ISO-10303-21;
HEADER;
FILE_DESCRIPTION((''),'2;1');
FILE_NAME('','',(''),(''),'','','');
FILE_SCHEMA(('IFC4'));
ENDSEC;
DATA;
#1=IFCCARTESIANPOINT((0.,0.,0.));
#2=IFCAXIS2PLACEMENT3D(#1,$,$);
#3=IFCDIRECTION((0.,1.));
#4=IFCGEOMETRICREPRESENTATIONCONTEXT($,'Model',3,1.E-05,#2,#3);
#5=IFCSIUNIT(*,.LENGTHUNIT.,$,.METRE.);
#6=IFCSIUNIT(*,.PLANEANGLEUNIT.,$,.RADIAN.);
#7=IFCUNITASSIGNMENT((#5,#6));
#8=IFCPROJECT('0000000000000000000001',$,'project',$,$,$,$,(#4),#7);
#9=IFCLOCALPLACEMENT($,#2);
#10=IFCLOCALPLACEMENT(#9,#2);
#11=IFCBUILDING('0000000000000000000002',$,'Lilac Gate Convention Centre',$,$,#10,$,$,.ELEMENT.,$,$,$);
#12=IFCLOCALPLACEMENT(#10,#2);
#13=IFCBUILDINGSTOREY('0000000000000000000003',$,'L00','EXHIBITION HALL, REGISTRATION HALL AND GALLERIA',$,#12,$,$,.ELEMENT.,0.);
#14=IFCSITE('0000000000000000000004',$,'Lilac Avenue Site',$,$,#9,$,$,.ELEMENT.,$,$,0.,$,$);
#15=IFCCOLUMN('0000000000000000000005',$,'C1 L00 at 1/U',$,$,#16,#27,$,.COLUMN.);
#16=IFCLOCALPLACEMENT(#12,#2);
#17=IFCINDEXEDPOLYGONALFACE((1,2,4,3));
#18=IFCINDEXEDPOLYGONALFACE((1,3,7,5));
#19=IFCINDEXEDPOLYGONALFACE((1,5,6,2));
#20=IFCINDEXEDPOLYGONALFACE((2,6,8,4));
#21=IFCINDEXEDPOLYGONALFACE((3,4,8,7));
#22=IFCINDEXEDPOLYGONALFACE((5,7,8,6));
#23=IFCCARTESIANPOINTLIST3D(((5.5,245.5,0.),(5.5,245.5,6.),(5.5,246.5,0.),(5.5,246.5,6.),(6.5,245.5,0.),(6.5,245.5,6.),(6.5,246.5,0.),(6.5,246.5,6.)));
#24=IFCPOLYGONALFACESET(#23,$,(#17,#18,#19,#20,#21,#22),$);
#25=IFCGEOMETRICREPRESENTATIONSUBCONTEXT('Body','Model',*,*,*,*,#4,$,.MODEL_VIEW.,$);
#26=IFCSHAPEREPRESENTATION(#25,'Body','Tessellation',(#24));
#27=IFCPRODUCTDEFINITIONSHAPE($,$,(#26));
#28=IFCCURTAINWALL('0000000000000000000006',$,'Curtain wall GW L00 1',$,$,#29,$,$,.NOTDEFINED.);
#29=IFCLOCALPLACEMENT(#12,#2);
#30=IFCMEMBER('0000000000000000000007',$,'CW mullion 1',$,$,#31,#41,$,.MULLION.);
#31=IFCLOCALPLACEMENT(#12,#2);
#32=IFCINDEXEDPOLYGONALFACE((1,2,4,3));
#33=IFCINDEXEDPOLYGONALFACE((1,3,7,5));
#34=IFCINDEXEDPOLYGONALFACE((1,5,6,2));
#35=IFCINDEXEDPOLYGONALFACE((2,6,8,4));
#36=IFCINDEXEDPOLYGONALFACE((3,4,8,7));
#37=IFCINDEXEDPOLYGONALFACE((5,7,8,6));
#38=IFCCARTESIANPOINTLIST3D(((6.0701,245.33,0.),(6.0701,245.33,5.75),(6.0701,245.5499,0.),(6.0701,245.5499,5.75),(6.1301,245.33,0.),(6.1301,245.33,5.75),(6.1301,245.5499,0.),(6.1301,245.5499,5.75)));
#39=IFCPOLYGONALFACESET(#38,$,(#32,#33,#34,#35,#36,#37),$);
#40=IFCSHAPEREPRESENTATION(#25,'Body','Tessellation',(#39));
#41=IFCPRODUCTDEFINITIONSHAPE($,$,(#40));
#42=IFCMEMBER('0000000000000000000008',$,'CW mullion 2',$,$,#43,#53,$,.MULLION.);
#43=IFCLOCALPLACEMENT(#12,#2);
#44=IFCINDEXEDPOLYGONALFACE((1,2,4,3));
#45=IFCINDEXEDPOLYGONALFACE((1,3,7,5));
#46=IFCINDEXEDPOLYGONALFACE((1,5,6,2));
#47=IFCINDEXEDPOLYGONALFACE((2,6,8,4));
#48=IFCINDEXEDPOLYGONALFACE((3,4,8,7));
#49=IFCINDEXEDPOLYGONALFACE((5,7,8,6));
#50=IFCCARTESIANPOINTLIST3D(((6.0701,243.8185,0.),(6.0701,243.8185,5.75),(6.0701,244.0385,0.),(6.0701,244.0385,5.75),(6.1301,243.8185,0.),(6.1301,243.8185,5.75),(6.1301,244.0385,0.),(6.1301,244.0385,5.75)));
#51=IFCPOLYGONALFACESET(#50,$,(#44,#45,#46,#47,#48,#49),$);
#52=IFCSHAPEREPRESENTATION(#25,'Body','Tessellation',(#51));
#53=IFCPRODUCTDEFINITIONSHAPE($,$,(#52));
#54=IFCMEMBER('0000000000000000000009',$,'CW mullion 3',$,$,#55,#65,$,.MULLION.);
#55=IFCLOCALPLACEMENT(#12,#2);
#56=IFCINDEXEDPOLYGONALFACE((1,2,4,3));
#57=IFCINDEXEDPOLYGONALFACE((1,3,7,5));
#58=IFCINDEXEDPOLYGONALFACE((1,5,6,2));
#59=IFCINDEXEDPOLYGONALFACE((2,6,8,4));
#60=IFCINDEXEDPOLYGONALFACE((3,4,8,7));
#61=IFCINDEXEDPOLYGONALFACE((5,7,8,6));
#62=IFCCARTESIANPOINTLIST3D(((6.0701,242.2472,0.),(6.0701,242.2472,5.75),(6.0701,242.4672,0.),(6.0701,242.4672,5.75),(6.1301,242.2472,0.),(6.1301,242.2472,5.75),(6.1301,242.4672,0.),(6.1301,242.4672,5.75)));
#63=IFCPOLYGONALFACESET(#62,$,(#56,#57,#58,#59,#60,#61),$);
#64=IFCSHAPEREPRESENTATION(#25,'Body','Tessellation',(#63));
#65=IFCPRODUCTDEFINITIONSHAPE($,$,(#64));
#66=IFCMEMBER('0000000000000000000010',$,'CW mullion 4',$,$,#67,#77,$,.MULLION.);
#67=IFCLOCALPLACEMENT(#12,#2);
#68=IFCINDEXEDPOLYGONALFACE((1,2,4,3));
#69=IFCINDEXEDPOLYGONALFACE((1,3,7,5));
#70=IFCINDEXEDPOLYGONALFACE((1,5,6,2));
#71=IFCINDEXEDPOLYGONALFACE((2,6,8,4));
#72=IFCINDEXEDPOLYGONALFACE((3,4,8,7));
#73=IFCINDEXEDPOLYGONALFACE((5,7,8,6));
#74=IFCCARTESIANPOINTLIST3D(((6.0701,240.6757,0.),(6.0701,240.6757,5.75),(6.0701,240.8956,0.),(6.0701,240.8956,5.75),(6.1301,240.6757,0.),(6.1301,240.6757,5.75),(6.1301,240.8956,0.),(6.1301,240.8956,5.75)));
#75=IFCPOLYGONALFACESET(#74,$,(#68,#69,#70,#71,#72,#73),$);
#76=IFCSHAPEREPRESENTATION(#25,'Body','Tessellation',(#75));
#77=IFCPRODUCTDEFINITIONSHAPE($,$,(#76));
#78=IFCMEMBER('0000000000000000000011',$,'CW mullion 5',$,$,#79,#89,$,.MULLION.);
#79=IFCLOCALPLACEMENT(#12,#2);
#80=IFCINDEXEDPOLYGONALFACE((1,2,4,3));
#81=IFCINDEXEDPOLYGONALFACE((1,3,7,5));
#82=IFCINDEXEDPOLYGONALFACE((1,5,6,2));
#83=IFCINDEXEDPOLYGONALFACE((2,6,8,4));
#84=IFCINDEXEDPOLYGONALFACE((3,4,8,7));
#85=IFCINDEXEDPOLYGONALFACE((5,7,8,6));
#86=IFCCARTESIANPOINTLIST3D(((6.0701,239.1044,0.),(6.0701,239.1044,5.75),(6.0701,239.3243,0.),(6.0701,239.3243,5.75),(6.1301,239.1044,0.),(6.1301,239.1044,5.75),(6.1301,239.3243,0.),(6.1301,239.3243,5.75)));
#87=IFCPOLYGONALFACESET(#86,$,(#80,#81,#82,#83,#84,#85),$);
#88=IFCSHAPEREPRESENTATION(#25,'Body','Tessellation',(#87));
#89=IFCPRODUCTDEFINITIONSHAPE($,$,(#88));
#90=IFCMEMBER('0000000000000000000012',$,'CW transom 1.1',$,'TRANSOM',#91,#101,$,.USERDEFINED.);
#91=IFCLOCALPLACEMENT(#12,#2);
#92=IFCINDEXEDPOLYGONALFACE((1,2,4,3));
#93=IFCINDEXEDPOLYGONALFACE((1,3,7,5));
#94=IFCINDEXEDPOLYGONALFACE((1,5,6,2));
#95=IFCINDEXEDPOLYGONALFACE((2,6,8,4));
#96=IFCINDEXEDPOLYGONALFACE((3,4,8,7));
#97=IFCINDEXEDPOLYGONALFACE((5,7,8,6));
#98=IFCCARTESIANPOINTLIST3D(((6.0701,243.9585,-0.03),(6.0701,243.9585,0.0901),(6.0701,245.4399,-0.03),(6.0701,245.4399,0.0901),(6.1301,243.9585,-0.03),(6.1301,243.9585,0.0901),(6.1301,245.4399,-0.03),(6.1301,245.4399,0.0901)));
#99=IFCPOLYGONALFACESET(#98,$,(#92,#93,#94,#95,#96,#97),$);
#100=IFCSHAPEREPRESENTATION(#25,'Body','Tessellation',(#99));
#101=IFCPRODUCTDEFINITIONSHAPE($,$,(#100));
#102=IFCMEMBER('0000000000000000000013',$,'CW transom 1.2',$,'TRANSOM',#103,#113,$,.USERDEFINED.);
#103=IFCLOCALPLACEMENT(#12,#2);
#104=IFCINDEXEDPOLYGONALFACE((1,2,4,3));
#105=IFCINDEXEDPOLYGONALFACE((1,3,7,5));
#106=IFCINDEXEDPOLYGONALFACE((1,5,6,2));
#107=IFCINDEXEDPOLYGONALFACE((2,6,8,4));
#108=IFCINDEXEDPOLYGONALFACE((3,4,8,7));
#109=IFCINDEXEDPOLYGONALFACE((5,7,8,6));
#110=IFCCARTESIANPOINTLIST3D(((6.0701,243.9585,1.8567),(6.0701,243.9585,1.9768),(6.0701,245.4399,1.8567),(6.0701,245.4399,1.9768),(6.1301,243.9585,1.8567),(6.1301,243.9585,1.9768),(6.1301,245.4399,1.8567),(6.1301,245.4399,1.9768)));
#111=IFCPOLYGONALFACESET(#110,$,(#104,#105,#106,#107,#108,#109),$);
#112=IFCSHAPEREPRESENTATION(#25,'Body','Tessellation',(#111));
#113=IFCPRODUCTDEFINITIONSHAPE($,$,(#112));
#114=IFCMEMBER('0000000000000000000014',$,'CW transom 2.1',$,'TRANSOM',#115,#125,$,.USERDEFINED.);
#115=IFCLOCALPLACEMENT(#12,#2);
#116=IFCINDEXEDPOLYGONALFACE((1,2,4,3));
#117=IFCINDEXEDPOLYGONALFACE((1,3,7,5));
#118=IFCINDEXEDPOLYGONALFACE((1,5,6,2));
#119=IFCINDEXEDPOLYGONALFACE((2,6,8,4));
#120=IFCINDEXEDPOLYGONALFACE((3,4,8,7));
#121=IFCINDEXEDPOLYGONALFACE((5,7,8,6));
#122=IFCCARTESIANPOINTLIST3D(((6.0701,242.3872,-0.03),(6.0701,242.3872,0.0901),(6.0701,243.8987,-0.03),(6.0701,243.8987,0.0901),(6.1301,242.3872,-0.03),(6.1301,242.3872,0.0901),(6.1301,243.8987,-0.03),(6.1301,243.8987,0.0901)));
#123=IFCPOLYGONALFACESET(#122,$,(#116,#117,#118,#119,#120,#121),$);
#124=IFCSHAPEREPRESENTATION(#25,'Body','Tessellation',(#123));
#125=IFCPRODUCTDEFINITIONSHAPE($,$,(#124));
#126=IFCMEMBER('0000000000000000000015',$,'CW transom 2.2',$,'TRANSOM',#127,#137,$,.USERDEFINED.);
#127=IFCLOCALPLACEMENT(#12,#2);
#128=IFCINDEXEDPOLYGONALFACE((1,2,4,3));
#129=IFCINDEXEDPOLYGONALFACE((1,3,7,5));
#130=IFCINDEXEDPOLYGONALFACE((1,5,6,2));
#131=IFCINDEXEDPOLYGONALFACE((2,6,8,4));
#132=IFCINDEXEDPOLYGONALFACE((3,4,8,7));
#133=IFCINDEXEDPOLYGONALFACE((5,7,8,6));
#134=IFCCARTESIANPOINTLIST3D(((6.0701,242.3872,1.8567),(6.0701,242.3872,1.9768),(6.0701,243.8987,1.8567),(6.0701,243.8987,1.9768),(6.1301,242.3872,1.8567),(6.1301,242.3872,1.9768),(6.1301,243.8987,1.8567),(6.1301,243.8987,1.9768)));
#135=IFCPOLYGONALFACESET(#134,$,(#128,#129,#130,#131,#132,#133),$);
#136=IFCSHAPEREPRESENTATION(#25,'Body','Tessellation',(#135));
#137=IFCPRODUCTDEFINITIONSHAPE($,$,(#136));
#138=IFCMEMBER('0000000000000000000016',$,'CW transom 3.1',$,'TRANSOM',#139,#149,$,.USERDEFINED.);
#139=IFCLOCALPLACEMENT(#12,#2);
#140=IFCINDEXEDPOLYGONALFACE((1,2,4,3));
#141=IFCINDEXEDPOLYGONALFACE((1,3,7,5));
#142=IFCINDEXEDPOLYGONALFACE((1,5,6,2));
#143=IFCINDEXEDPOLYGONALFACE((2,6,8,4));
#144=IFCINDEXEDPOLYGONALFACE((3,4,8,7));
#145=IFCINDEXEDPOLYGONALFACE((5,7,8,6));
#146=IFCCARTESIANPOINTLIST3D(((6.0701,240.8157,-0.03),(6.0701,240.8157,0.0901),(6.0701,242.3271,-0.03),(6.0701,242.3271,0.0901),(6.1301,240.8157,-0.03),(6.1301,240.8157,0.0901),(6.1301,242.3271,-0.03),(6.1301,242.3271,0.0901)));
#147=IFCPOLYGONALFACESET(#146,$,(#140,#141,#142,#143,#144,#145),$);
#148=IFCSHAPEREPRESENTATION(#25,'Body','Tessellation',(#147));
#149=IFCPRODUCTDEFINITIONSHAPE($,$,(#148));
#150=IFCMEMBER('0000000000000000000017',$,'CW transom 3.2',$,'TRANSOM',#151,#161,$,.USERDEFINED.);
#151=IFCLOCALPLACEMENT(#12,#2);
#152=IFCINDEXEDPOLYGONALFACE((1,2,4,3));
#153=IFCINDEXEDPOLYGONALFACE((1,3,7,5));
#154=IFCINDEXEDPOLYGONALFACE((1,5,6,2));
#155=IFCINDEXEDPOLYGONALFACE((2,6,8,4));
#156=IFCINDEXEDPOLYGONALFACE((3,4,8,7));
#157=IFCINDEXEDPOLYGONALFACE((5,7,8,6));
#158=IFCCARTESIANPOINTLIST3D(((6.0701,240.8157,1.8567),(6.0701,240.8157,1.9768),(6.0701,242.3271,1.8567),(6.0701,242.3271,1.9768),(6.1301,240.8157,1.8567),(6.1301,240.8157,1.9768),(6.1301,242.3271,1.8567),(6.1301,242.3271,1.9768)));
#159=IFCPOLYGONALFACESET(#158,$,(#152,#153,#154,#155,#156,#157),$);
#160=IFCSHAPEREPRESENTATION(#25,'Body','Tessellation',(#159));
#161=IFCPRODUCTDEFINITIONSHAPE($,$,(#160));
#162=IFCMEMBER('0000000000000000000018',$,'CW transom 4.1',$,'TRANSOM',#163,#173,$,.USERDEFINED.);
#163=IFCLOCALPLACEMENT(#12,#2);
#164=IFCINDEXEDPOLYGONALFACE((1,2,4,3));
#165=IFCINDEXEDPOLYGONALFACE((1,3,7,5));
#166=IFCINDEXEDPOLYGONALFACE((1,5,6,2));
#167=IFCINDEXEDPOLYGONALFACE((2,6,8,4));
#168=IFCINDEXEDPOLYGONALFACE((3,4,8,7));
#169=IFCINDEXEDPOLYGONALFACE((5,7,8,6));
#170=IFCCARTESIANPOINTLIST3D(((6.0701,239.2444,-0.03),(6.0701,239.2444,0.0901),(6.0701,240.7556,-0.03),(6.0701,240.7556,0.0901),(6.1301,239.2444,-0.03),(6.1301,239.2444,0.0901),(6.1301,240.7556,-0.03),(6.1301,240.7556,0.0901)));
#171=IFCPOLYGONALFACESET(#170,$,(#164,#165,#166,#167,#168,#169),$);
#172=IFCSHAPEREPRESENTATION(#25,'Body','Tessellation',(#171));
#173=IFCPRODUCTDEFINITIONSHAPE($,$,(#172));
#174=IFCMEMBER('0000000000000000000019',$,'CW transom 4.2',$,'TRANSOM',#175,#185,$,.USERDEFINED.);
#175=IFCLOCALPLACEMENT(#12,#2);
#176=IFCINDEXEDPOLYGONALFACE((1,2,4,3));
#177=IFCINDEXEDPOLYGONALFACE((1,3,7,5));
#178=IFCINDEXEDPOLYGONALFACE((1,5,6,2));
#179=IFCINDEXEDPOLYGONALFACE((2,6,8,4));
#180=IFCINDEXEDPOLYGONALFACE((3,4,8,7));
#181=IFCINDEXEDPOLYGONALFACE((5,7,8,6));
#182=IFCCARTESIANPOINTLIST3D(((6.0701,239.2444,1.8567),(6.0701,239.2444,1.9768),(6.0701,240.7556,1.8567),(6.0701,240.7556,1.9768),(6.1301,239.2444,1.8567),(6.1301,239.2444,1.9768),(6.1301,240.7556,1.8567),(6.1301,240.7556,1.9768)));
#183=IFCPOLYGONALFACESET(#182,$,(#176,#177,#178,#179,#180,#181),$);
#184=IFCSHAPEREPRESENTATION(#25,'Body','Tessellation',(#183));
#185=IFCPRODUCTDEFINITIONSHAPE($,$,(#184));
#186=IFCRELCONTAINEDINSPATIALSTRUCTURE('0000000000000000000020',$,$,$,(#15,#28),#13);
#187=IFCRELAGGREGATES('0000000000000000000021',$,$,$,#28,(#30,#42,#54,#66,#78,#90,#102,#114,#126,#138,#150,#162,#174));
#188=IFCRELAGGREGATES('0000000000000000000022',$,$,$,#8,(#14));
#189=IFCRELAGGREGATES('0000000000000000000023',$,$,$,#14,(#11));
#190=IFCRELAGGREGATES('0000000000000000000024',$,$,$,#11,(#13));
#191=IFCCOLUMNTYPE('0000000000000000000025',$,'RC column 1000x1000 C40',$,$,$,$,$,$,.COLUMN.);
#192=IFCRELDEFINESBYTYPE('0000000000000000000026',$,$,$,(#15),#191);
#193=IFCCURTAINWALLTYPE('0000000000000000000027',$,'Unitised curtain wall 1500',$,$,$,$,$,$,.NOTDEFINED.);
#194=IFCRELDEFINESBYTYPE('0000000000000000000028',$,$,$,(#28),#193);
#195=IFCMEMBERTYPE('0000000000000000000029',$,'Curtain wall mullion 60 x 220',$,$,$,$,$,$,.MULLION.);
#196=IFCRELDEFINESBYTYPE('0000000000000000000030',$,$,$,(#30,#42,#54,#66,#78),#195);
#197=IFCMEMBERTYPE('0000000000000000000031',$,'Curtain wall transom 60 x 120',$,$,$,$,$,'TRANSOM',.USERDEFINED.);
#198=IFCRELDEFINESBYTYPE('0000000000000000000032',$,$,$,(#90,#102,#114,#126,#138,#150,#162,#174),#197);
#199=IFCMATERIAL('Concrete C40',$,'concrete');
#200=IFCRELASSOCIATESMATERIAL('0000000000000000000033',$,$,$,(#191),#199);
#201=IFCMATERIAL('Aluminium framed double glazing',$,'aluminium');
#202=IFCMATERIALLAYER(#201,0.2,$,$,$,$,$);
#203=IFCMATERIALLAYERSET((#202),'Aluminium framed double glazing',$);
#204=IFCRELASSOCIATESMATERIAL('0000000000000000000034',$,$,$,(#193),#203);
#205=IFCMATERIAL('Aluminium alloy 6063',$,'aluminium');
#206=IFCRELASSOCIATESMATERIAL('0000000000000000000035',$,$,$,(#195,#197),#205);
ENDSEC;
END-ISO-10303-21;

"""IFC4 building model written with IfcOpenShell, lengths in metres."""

from ifc_helpers import new_model, si_unit, direction, frame, origin, origin_2d, place, context, subcontext, project, spatial, rectangle, extrude, material, layer, layer_set, material_profile, profile_set, type_object, element, aggregate, save


model = new_model("IFC4")

# Units and contexts
model_context = context("Model", 3, precision=1e-05, world=origin(), true_north=direction((0.0, 1.0)))
body_context = subcontext(model_context, "Body", "Model", "MODEL_VIEW")
ifc_project = project(units=[si_unit("LENGTHUNIT", "METRE"), si_unit("PLANEANGLEUNIT", "RADIAN")], contexts=[model_context])

# Site, building, storey
site_placement = place(None, origin())
site = spatial("IfcSite", under=ifc_project, at=site_placement, Name="Lilac Avenue Site", CompositionType="ELEMENT", RefElevation=0.0)
building_placement = place(site_placement, origin())
building = spatial("IfcBuilding", under=site, at=building_placement, Name="Lilac Gate Convention Centre", CompositionType="ELEMENT")
storey_placement = place(building_placement, origin())
storey = spatial("IfcBuildingStorey", under=building, at=storey_placement, Name="L00", Description="EXHIBITION HALL, REGISTRATION HALL AND GALLERIA", CompositionType="ELEMENT", Elevation=0.0)

# Column
ifc_material_1 = material(Name="Concrete C40", Category="concrete")
ifc_material_profile_1 = material_profile(ifc_material_1, rectangle(XDim=1.0, YDim=1.0, at=origin_2d()), Name="RC 1000x1000")
ifc_profile_set_1 = profile_set([ifc_material_profile_1], Name="Concrete C40")
column_type = type_object("IfcColumnType", Name="RC column 1000x1000 C40", PredefinedType="COLUMN", material=ifc_profile_set_1)
column_placement = place(storey_placement, frame((6.0, 246.0, 0.0), z_axis=(0.0, 0.0, 1.0), x_axis=(1.0, 0.0, 0.0)))
element("IfcColumn", 1, at=column_placement, inside=storey, type_object=column_type, Name="C1 L00 at 1/U", PredefinedType="COLUMN", context=body_context, shape_type="SweptSolid", body=[
    extrude(rectangle(XDim=1.0, YDim=1.0, at=origin_2d()), origin(), (0.0, 0.0, 1.0), 6.0),
])

# Curtain wall, members
ifc_material_2 = material(Name="Aluminium framed double glazing", Category="aluminium")
ifc_layer_1 = layer(ifc_material_2, 0.2)
ifc_layer_set_1 = layer_set([ifc_layer_1], Name="Aluminium framed double glazing")
curtain_wall_type = type_object("IfcCurtainWallType", Name="Unitised curtain wall 1500", PredefinedType="NOTDEFINED", material=ifc_layer_set_1)
curtain_wall_placement = place(storey_placement, origin())
curtain_wall = element("IfcCurtainWall", 2, at=curtain_wall_placement, inside=storey, type_object=curtain_wall_type, Name="Curtain wall GW L00 1", PredefinedType="NOTDEFINED")
ifc_material_3 = material(Name="Aluminium alloy 6063", Category="aluminium")
ifc_material_profile_2 = material_profile(ifc_material_3, rectangle(XDim=0.0601, YDim=0.22, at=origin_2d()), Name="Curtain wall mullion 60 x 220")
ifc_profile_set_2 = profile_set([ifc_material_profile_2], Name="Aluminium alloy 6063")
member_type_1 = type_object("IfcMemberType", Name="Curtain wall mullion 60 x 220", PredefinedType="MULLION", material=ifc_profile_set_2)
member_1_placement = place(storey_placement, frame((6.1001, 245.4399, 0.0), z_axis=(0.0, 0.0, 1.0), x_axis=(1.0, 0.0, 0.0)))
member_1 = element("IfcMember", 3, at=member_1_placement, type_object=member_type_1, Name="CW mullion 1", PredefinedType="MULLION", context=body_context, shape_type="SweptSolid", body=[
    extrude(rectangle(XDim=0.0601, YDim=0.22, at=origin_2d()), origin(), (0.0, 0.0, 1.0), 5.75),
])
member_2_placement = place(storey_placement, frame((6.1001, 243.9285, 0.0), z_axis=(0.0, 0.0, 1.0), x_axis=(1.0, 0.0, 0.0)))
member_2 = element("IfcMember", 4, at=member_2_placement, type_object=member_type_1, Name="CW mullion 2", PredefinedType="MULLION", context=body_context, shape_type="SweptSolid", body=[
    extrude(rectangle(XDim=0.0601, YDim=0.22, at=origin_2d()), origin(), (0.0, 0.0, 1.0), 5.75),
])
member_3_placement = place(storey_placement, frame((6.1001, 242.3572, 0.0), z_axis=(0.0, 0.0, 1.0), x_axis=(1.0, 0.0, 0.0)))
member_3 = element("IfcMember", 5, at=member_3_placement, type_object=member_type_1, Name="CW mullion 3", PredefinedType="MULLION", context=body_context, shape_type="SweptSolid", body=[
    extrude(rectangle(XDim=0.0601, YDim=0.22, at=origin_2d()), origin(), (0.0, 0.0, 1.0), 5.75),
])
member_4_placement = place(storey_placement, frame((6.1001, 240.7856, 0.0), z_axis=(0.0, 0.0, 1.0), x_axis=(1.0, 0.0, 0.0)))
member_4 = element("IfcMember", 6, at=member_4_placement, type_object=member_type_1, Name="CW mullion 4", PredefinedType="MULLION", context=body_context, shape_type="SweptSolid", body=[
    extrude(rectangle(XDim=0.0601, YDim=0.22, at=origin_2d()), origin(), (0.0, 0.0, 1.0), 5.75),
])
member_5_placement = place(storey_placement, frame((6.1001, 239.2144, 0.0), z_axis=(0.0, 0.0, 1.0), x_axis=(1.0, 0.0, 0.0)))
member_5 = element("IfcMember", 7, at=member_5_placement, type_object=member_type_1, Name="CW mullion 5", PredefinedType="MULLION", context=body_context, shape_type="SweptSolid", body=[
    extrude(rectangle(XDim=0.0601, YDim=0.22, at=origin_2d()), origin(), (0.0, 0.0, 1.0), 5.75),
])
ifc_material_profile_3 = material_profile(ifc_material_3, rectangle(XDim=0.0601, YDim=0.1201, at=origin_2d()), Name="Curtain wall transom 60 x 120")
ifc_profile_set_3 = profile_set([ifc_material_profile_3], Name="Aluminium alloy 6063")
member_type_2 = type_object("IfcMemberType", Name="Curtain wall transom 60 x 120", ElementType="TRANSOM", PredefinedType="USERDEFINED", material=ifc_profile_set_3)
member_6_placement = place(storey_placement, frame((6.1001, 245.4399, 0.03), z_axis=(0.0, -1.0, 0.0), x_axis=(1.0, 0.0, 0.0)))
member_6 = element("IfcMember", 8, at=member_6_placement, type_object=member_type_2, Name="CW transom 1.1", ObjectType="TRANSOM", PredefinedType="USERDEFINED", context=body_context, shape_type="SweptSolid", body=[
    extrude(rectangle(XDim=0.0601, YDim=0.1201, at=origin_2d()), origin(), (0.0, 0.0, 1.0), 1.4814),
])
member_7_placement = place(storey_placement, frame((6.1001, 245.4399, 1.9167), z_axis=(0.0, -1.0, 0.0), x_axis=(1.0, 0.0, 0.0)))
member_7 = element("IfcMember", 9, at=member_7_placement, type_object=member_type_2, Name="CW transom 1.2", ObjectType="TRANSOM", PredefinedType="USERDEFINED", context=body_context, shape_type="SweptSolid", body=[
    extrude(rectangle(XDim=0.0601, YDim=0.1201, at=origin_2d()), origin(), (0.0, 0.0, 1.0), 1.4814),
])
member_8_placement = place(storey_placement, frame((6.1001, 243.8987, 0.03), z_axis=(0.0, -1.0, 0.0), x_axis=(1.0, 0.0, 0.0)))
member_8 = element("IfcMember", 10, at=member_8_placement, type_object=member_type_2, Name="CW transom 2.1", ObjectType="TRANSOM", PredefinedType="USERDEFINED", context=body_context, shape_type="SweptSolid", body=[
    extrude(rectangle(XDim=0.0601, YDim=0.1201, at=origin_2d()), origin(), (0.0, 0.0, 1.0), 1.5115),
])
member_9_placement = place(storey_placement, frame((6.1001, 243.8987, 1.9167), z_axis=(0.0, -1.0, 0.0), x_axis=(1.0, 0.0, 0.0)))
member_9 = element("IfcMember", 11, at=member_9_placement, type_object=member_type_2, Name="CW transom 2.2", ObjectType="TRANSOM", PredefinedType="USERDEFINED", context=body_context, shape_type="SweptSolid", body=[
    extrude(rectangle(XDim=0.0601, YDim=0.1201, at=origin_2d()), origin(), (0.0, 0.0, 1.0), 1.5115),
])
member_10_placement = place(storey_placement, frame((6.1001, 242.3271, 0.03), z_axis=(0.0, -1.0, 0.0), x_axis=(1.0, 0.0, 0.0)))
member_10 = element("IfcMember", 12, at=member_10_placement, type_object=member_type_2, Name="CW transom 3.1", ObjectType="TRANSOM", PredefinedType="USERDEFINED", context=body_context, shape_type="SweptSolid", body=[
    extrude(rectangle(XDim=0.0601, YDim=0.1201, at=origin_2d()), origin(), (0.0, 0.0, 1.0), 1.5115),
])
member_11_placement = place(storey_placement, frame((6.1001, 242.3271, 1.9167), z_axis=(0.0, -1.0, 0.0), x_axis=(1.0, 0.0, 0.0)))
member_11 = element("IfcMember", 13, at=member_11_placement, type_object=member_type_2, Name="CW transom 3.2", ObjectType="TRANSOM", PredefinedType="USERDEFINED", context=body_context, shape_type="SweptSolid", body=[
    extrude(rectangle(XDim=0.0601, YDim=0.1201, at=origin_2d()), origin(), (0.0, 0.0, 1.0), 1.5115),
])
member_12_placement = place(storey_placement, frame((6.1001, 240.7556, 0.03), z_axis=(0.0, -1.0, 0.0), x_axis=(1.0, 0.0, 0.0)))
member_12 = element("IfcMember", 14, at=member_12_placement, type_object=member_type_2, Name="CW transom 4.1", ObjectType="TRANSOM", PredefinedType="USERDEFINED", context=body_context, shape_type="SweptSolid", body=[
    extrude(rectangle(XDim=0.0601, YDim=0.1201, at=origin_2d()), origin(), (0.0, 0.0, 1.0), 1.5112),
])
member_13_placement = place(storey_placement, frame((6.1001, 240.7556, 1.9167), z_axis=(0.0, -1.0, 0.0), x_axis=(1.0, 0.0, 0.0)))
member_13 = element("IfcMember", 15, at=member_13_placement, type_object=member_type_2, Name="CW transom 4.2", ObjectType="TRANSOM", PredefinedType="USERDEFINED", context=body_context, shape_type="SweptSolid", body=[
    extrude(rectangle(XDim=0.0601, YDim=0.1201, at=origin_2d()), origin(), (0.0, 0.0, 1.0), 1.5112),
])

aggregate(curtain_wall, [member_1, member_2, member_3, member_4, member_5, member_6, member_7, member_8, member_9, member_10, member_11, member_12, member_13])

save(model, "model.ifc")
